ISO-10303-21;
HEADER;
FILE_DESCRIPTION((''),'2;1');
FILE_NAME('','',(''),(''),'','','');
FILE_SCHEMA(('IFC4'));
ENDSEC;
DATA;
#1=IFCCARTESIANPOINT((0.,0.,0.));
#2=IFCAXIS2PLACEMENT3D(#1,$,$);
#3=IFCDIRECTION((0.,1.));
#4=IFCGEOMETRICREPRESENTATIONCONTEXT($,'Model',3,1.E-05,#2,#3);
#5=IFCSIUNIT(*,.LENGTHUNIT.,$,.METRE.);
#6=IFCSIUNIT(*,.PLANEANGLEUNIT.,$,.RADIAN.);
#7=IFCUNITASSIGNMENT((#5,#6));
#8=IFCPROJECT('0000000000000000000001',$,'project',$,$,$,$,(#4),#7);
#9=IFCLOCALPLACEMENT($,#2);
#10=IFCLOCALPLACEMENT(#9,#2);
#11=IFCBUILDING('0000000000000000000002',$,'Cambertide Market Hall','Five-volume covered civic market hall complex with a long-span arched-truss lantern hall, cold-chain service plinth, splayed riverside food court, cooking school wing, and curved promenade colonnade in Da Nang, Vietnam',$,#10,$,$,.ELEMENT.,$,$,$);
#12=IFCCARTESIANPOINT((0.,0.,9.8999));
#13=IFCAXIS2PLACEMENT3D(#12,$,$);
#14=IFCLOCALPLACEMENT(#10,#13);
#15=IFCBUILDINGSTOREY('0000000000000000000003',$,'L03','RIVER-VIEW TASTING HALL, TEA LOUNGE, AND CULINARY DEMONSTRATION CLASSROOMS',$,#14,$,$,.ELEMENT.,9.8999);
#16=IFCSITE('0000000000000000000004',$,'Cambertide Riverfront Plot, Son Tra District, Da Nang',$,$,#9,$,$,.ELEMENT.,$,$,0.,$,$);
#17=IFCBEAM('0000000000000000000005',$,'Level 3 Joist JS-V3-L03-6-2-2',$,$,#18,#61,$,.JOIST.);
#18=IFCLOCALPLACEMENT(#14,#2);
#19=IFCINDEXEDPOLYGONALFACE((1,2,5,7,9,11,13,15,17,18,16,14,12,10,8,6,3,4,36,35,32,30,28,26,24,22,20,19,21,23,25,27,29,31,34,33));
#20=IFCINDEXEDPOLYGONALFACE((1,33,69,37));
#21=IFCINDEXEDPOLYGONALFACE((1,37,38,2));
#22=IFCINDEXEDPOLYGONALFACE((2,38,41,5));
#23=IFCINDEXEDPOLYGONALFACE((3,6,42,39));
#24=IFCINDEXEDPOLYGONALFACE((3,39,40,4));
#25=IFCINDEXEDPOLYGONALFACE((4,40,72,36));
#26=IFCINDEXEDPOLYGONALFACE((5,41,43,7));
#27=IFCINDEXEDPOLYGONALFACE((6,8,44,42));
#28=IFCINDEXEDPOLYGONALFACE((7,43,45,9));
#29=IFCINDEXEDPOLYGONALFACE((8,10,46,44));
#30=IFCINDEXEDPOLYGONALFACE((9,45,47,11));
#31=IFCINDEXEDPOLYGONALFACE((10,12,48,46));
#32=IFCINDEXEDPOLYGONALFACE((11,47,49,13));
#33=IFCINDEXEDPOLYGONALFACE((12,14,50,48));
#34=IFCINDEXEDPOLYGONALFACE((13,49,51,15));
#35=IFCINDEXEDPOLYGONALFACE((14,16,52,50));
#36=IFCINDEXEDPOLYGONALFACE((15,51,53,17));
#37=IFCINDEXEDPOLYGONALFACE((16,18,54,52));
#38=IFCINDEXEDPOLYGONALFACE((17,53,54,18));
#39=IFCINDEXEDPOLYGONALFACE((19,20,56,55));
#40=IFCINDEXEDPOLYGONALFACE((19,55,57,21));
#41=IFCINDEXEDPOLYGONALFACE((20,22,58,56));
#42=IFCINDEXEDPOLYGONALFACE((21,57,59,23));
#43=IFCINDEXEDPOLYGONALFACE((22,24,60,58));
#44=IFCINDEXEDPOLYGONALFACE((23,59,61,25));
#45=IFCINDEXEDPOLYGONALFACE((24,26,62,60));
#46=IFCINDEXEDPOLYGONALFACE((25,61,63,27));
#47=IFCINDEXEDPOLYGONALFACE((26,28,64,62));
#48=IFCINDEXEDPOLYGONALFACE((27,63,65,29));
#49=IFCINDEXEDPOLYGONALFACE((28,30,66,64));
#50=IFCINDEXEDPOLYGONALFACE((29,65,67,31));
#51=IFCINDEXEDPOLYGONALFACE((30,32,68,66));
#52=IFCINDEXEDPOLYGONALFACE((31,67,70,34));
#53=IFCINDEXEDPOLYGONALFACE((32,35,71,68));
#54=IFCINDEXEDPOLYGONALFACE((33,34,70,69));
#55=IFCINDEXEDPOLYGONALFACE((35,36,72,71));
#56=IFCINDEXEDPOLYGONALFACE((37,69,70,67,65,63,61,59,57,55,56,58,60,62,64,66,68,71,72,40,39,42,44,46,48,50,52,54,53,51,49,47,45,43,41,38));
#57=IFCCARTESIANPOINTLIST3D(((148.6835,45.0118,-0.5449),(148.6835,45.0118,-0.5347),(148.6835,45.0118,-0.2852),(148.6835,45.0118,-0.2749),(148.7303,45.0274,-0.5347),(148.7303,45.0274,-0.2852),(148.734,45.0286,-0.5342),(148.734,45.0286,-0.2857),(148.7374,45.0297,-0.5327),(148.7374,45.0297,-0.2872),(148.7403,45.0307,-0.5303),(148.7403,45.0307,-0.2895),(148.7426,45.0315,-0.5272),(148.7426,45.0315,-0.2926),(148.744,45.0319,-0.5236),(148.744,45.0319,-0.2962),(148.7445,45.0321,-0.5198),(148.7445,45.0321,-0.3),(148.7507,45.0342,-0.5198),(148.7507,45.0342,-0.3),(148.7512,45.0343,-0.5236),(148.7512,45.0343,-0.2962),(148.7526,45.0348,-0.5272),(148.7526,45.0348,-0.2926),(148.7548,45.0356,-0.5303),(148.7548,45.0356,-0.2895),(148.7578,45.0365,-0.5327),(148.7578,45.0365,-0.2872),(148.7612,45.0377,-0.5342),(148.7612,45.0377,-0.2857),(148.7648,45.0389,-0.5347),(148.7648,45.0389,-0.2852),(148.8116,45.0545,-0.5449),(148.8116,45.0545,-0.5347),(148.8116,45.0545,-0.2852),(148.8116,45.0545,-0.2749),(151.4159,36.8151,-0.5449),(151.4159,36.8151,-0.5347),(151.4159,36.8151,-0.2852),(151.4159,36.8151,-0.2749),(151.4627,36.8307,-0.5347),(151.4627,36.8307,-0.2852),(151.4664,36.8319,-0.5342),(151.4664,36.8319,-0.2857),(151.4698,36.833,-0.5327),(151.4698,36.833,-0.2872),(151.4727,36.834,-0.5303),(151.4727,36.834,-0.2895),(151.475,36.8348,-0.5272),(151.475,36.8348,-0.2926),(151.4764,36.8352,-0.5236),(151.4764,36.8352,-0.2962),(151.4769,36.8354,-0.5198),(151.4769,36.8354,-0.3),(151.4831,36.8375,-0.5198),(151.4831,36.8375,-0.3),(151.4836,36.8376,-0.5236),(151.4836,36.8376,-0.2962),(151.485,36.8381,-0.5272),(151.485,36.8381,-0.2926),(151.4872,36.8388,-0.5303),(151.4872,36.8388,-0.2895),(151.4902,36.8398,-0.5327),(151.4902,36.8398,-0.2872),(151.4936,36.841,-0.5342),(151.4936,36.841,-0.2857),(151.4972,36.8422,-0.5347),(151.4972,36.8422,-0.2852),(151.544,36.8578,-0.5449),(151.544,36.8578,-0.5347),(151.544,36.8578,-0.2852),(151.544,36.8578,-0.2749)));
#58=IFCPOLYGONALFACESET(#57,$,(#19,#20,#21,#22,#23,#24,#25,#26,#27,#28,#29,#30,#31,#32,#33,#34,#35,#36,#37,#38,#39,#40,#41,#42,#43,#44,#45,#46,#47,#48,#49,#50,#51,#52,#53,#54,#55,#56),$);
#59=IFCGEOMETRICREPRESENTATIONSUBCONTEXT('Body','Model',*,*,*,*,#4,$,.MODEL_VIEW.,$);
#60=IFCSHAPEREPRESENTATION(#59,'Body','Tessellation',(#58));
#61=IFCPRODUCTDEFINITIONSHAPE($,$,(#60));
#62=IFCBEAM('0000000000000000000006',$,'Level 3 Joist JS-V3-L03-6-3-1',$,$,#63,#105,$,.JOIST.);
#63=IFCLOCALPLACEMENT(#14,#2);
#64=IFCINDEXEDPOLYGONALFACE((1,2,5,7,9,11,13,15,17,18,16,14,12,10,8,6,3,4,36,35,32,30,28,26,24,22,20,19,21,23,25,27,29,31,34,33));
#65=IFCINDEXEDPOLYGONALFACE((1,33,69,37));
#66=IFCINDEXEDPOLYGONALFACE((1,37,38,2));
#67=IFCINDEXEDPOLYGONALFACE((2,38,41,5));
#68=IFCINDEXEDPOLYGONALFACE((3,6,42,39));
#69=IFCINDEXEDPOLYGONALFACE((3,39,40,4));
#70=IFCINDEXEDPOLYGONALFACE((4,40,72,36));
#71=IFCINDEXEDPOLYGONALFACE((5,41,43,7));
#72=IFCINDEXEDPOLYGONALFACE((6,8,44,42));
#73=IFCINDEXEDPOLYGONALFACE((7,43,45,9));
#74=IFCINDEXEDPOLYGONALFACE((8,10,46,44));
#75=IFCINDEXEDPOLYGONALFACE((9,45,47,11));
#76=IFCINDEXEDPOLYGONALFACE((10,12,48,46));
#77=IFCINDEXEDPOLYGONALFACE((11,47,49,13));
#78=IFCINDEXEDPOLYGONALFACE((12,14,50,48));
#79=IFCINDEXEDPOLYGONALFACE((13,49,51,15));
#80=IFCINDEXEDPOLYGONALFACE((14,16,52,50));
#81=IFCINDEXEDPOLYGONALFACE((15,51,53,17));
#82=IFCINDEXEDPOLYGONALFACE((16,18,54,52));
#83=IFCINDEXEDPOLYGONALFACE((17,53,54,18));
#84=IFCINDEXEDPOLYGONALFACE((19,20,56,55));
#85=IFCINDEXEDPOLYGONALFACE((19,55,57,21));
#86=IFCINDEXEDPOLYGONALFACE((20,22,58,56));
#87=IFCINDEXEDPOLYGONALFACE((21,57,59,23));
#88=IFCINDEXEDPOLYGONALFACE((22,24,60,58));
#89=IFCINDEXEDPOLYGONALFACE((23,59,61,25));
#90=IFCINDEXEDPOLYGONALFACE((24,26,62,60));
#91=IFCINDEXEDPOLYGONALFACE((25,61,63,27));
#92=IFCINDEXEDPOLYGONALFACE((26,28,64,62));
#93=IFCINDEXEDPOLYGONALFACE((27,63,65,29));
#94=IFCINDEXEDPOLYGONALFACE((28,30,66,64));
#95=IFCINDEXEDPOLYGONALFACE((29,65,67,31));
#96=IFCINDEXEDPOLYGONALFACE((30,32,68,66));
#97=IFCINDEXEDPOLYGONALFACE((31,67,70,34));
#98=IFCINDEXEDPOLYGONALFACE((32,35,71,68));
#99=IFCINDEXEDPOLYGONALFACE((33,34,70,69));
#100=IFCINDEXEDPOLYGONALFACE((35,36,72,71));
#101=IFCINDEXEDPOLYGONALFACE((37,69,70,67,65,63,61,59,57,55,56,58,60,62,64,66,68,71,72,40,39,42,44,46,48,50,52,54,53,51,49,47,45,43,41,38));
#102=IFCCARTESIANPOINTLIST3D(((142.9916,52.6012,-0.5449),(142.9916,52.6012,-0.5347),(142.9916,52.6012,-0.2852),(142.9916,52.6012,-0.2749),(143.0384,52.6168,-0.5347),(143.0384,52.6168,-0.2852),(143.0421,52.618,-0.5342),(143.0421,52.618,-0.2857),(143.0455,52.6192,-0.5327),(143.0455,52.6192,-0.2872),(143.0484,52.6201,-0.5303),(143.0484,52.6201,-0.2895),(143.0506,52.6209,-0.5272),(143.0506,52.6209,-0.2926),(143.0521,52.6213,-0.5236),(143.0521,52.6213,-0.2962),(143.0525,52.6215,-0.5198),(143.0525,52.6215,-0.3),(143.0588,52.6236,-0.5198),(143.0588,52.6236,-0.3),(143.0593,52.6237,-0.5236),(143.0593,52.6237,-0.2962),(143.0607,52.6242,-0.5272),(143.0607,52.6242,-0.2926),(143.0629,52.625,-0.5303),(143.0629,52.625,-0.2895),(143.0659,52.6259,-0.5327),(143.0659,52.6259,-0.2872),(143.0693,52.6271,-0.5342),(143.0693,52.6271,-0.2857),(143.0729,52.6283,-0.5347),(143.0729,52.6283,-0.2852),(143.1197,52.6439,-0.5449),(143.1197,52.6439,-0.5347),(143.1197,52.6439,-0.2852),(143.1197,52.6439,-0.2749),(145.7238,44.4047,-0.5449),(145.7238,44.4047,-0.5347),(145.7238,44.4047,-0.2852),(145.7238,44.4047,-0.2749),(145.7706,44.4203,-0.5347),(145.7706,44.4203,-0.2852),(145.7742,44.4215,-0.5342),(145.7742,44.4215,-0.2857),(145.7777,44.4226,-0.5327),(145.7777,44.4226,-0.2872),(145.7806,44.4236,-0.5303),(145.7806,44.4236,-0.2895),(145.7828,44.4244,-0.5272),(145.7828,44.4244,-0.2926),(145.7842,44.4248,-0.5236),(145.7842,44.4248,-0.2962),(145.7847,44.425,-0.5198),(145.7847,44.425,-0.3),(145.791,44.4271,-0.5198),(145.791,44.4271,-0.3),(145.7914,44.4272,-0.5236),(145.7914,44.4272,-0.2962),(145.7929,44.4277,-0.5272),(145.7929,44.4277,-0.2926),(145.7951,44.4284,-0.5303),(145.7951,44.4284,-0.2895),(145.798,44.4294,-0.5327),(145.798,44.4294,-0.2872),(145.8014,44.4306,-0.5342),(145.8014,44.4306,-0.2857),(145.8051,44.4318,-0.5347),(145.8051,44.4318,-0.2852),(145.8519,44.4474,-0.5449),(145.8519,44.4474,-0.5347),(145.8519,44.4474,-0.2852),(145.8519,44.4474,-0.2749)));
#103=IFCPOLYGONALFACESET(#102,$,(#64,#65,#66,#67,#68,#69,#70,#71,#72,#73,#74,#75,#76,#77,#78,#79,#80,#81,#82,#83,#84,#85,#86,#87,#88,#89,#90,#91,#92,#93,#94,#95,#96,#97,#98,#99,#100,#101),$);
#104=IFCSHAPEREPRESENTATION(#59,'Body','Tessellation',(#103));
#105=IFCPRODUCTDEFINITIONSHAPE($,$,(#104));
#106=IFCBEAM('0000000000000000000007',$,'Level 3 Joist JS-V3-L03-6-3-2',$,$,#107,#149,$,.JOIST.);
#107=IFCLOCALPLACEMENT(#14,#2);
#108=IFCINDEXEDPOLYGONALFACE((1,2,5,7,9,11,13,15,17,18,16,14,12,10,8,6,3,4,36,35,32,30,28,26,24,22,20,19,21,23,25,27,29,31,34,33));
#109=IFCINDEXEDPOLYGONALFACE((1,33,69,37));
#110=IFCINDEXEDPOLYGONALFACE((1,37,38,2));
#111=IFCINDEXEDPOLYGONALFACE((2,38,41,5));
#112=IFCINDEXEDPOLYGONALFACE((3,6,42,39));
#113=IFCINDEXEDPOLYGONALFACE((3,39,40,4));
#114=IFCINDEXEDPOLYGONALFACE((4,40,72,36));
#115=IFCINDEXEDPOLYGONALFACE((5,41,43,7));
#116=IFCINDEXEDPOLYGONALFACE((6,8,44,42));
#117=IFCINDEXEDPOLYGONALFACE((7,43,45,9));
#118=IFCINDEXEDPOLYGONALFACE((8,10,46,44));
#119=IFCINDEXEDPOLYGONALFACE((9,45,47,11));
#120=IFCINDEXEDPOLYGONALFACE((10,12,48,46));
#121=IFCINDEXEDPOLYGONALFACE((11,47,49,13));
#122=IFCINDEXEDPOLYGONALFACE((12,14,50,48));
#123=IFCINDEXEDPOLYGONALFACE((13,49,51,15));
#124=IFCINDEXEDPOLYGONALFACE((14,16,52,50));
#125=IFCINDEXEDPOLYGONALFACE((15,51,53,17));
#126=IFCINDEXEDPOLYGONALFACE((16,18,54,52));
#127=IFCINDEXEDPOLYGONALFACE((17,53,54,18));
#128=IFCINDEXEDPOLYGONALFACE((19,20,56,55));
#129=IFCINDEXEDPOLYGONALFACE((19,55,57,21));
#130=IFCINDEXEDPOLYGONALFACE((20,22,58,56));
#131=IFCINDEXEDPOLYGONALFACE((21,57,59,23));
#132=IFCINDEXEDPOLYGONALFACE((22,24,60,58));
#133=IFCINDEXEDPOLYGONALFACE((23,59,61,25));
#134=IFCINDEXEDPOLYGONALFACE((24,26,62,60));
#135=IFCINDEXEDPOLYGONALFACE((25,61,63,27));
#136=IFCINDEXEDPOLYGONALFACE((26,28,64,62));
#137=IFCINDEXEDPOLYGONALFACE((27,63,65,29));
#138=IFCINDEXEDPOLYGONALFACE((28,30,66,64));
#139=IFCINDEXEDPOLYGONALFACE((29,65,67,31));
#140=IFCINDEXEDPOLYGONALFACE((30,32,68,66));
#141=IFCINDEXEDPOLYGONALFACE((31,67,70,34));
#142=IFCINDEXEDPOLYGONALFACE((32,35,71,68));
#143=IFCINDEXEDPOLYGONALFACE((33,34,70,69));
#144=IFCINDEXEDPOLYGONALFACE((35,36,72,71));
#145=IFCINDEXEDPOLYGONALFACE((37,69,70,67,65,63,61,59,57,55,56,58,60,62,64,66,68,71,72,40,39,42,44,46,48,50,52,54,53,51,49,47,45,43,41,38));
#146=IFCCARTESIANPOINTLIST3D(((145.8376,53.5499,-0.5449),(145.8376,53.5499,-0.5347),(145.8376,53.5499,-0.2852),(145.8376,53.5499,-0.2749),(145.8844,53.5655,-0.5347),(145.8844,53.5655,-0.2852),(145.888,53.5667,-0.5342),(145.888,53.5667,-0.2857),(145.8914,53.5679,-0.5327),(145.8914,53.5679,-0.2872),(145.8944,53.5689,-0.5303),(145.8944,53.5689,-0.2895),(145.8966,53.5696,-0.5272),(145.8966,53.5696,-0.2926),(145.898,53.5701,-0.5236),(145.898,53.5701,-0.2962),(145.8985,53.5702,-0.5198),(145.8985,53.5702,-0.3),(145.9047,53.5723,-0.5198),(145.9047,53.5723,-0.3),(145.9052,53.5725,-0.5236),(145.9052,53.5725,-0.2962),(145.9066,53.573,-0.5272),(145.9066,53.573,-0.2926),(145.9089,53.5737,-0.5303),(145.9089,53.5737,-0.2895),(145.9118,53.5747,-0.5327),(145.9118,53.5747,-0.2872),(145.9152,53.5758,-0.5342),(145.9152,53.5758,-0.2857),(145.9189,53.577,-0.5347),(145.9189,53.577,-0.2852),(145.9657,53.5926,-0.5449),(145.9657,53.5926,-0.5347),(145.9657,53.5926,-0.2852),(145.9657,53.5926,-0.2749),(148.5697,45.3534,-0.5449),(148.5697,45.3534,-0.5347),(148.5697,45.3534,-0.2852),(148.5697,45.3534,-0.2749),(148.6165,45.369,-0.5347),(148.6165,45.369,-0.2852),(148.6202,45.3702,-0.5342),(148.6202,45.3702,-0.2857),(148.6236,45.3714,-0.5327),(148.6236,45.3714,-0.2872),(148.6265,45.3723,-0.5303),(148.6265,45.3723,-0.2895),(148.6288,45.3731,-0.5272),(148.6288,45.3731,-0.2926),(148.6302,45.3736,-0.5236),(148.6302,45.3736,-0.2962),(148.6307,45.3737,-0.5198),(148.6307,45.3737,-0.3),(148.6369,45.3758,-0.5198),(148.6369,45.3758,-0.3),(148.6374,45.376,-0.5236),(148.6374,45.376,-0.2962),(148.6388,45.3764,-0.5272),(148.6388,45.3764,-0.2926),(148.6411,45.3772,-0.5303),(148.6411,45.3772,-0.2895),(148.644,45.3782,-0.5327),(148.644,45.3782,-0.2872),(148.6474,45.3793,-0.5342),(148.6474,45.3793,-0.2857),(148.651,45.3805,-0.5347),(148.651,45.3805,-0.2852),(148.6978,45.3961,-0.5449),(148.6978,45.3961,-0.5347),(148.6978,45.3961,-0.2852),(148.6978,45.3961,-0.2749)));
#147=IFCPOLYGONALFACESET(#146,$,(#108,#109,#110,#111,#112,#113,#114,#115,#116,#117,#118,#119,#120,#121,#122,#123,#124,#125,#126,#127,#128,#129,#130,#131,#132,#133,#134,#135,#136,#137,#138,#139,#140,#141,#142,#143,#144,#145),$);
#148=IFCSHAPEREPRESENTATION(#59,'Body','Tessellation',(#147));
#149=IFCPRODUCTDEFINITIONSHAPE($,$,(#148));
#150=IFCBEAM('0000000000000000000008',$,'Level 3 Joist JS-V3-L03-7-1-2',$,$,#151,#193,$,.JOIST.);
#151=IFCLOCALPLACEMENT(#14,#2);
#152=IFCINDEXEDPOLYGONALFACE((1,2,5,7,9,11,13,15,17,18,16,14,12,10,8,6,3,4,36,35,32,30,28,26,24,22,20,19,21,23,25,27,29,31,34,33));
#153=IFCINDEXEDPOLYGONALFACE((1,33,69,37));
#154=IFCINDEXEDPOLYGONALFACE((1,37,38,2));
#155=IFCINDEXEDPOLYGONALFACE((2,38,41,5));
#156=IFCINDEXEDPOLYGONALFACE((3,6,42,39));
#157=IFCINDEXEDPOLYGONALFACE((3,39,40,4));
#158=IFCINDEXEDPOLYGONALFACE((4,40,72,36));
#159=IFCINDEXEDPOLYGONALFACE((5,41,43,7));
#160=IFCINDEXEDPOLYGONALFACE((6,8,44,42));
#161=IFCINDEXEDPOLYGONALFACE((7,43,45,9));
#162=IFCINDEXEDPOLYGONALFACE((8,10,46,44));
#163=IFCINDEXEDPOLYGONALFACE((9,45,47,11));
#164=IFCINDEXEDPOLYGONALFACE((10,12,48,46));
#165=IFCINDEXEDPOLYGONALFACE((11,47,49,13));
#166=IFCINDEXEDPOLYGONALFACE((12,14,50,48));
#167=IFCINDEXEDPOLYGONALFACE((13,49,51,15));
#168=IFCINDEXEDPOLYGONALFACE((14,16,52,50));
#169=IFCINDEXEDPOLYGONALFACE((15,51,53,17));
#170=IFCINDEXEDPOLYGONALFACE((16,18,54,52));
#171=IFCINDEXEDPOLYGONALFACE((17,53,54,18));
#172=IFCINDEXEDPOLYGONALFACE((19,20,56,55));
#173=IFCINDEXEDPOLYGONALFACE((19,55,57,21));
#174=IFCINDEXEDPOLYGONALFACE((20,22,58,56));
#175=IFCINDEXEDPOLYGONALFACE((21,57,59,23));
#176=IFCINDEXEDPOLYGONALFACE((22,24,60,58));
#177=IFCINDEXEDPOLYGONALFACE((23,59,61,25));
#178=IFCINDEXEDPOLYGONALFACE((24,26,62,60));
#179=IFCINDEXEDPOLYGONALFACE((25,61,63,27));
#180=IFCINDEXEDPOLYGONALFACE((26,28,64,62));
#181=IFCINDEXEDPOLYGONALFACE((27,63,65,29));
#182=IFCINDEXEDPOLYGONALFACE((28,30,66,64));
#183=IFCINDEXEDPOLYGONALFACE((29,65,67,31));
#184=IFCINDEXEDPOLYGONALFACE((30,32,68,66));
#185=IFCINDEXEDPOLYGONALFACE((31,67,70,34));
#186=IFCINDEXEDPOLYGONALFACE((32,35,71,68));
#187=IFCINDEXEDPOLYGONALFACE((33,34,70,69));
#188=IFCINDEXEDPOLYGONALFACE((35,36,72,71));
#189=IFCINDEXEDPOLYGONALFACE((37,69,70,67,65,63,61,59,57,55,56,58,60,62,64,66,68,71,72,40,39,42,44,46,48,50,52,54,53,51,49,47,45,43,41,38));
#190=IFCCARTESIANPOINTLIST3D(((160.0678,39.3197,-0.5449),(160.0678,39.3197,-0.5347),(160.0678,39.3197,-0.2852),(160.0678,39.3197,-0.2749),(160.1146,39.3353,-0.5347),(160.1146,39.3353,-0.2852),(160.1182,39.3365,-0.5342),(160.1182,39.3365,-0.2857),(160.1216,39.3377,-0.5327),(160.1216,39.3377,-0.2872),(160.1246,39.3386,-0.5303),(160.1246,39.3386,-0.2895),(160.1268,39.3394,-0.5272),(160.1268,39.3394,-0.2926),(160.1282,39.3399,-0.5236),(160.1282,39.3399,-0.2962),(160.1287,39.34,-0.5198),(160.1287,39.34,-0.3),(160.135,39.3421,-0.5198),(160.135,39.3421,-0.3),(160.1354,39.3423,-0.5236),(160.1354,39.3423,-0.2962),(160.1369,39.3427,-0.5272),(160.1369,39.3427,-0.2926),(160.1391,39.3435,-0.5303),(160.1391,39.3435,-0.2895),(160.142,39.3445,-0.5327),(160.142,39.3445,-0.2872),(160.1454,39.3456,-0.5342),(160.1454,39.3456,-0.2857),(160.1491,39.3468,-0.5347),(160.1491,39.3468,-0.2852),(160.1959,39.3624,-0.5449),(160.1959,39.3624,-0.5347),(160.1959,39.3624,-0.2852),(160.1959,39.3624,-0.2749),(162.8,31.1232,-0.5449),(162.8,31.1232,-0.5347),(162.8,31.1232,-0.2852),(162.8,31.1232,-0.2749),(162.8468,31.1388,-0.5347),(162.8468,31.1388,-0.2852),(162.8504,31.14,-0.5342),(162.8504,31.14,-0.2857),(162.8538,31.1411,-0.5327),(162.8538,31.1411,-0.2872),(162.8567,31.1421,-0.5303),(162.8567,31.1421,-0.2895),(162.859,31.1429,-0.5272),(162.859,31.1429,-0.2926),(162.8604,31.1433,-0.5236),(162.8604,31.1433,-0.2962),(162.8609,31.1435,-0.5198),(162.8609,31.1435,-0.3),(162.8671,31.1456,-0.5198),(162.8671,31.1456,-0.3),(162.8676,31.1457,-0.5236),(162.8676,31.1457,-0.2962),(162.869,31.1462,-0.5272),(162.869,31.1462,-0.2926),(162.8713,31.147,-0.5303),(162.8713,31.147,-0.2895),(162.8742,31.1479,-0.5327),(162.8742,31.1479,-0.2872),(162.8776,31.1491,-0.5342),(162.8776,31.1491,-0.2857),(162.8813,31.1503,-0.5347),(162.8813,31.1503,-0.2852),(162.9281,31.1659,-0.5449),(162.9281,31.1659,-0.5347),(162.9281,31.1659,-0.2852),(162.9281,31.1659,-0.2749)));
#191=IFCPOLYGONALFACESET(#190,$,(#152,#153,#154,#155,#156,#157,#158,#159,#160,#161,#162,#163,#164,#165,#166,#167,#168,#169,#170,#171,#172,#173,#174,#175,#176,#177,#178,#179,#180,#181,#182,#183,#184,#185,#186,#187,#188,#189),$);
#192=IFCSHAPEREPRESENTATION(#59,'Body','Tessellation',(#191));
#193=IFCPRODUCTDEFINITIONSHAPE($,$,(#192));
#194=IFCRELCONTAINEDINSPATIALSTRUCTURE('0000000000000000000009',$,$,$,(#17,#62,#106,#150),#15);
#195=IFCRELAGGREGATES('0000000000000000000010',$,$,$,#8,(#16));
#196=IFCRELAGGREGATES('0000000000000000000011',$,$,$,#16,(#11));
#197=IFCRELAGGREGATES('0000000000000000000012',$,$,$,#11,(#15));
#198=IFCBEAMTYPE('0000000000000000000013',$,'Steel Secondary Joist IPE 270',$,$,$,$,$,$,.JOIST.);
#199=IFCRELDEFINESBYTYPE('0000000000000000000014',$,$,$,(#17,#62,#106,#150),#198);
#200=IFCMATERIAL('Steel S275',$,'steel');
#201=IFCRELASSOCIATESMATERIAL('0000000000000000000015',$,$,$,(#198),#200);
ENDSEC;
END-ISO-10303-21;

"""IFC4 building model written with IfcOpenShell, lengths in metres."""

from ifc_helpers import new_model, si_unit, direction, frame, origin, origin_2d, place, context, subcontext, project, spatial, i_section, extrude, material, material_profile, profile_set, type_object, element, save


model = new_model("IFC4")

# Units and contexts
model_context = context("Model", 3, precision=1e-05, world=origin(), true_north=direction((0.0, 1.0)))
body_context = subcontext(model_context, "Body", "Model", "MODEL_VIEW")
ifc_project = project(units=[si_unit("LENGTHUNIT", "METRE"), si_unit("PLANEANGLEUNIT", "RADIAN")], contexts=[model_context])

# Site, building, storey
site_placement = place(None, origin())
site = spatial("IfcSite", under=ifc_project, at=site_placement, Name="Cambertide Riverfront Plot, Son Tra District, Da Nang", CompositionType="ELEMENT", RefElevation=0.0)
building_placement = place(site_placement, origin())
building = spatial("IfcBuilding", under=site, at=building_placement, Name="Cambertide Market Hall", Description="Five-volume covered civic market hall complex with a long-span arched-truss lantern hall, cold-chain service plinth, splayed riverside food court, cooking school wing, and curved promenade colonnade in Da Nang, Vietnam", CompositionType="ELEMENT")
storey_placement = place(building_placement, frame((0.0, 0.0, 9.8999)))
storey = spatial("IfcBuildingStorey", under=building, at=storey_placement, Name="L03", Description="RIVER-VIEW TASTING HALL, TEA LOUNGE, AND CULINARY DEMONSTRATION CLASSROOMS", CompositionType="ELEMENT", Elevation=9.8999)

# Beams
ifc_material_1 = material(Name="Steel S275", Category="steel")
ifc_material_profile_1 = material_profile(ifc_material_1, i_section(OverallWidth=0.135, OverallDepth=0.27, WebThickness=0.0066, FlangeThickness=0.0103, FilletRadius=0.0149, at=origin_2d()), Name="IPE 270")
ifc_profile_set_1 = profile_set([ifc_material_profile_1], Name="Steel S275")
beam_type_1 = type_object("IfcBeamType", Name="Steel Secondary Joist IPE 270", PredefinedType="JOIST", material=ifc_profile_set_1)
beam_1_placement = place(storey_placement, frame((151.48, 36.8364, -0.4099), z_axis=(-0.316245, 0.948678, 0.0), x_axis=(-0.948678, -0.316245, 0.0)))
element("IfcBeam", 1, at=beam_1_placement, inside=storey, type_object=beam_type_1, Name="Level 3 Joist JS-V3-L03-6-2-2", PredefinedType="JOIST", context=body_context, shape_type="SweptSolid", body=[
    extrude(i_section(OverallWidth=0.135, OverallDepth=0.27, WebThickness=0.0066, FlangeThickness=0.0103, FilletRadius=0.0149, at=origin_2d()), origin(), (0.0, 0.0, 1.0), 8.6401),
])
for number, where, z_axis, x_axis, name in (
    (2, (145.7878, 44.426, -0.4099), (-0.316228, 0.948683, 0.0), (-0.948683, -0.316228, 0.0), "Level 3 Joist JS-V3-L03-6-3-1"),
    (3, (148.6338, 45.3748, -0.4099), (-0.316228, 0.948683, 0.0), (-0.948683, -0.316228, 0.0), "Level 3 Joist JS-V3-L03-6-3-2"),
    (4, (162.864, 31.1445, -0.4099), (-0.316228, 0.948683, 0.0), (-0.948683, -0.316228, 0.0), "Level 3 Joist JS-V3-L03-7-1-2"),
):
    element("IfcBeam", number, at=place(storey_placement, frame(where, z_axis=z_axis, x_axis=x_axis)), inside=storey, type_object=beam_type_1, Name=name, PredefinedType="JOIST", context=body_context, shape_type="SweptSolid", body=[
        extrude(i_section(OverallWidth=0.135, OverallDepth=0.27, WebThickness=0.0066, FlangeThickness=0.0103, FilletRadius=0.0149, at=origin_2d()), origin(), (0.0, 0.0, 1.0), 8.6399),
    ])

save(model, "model.ifc")
